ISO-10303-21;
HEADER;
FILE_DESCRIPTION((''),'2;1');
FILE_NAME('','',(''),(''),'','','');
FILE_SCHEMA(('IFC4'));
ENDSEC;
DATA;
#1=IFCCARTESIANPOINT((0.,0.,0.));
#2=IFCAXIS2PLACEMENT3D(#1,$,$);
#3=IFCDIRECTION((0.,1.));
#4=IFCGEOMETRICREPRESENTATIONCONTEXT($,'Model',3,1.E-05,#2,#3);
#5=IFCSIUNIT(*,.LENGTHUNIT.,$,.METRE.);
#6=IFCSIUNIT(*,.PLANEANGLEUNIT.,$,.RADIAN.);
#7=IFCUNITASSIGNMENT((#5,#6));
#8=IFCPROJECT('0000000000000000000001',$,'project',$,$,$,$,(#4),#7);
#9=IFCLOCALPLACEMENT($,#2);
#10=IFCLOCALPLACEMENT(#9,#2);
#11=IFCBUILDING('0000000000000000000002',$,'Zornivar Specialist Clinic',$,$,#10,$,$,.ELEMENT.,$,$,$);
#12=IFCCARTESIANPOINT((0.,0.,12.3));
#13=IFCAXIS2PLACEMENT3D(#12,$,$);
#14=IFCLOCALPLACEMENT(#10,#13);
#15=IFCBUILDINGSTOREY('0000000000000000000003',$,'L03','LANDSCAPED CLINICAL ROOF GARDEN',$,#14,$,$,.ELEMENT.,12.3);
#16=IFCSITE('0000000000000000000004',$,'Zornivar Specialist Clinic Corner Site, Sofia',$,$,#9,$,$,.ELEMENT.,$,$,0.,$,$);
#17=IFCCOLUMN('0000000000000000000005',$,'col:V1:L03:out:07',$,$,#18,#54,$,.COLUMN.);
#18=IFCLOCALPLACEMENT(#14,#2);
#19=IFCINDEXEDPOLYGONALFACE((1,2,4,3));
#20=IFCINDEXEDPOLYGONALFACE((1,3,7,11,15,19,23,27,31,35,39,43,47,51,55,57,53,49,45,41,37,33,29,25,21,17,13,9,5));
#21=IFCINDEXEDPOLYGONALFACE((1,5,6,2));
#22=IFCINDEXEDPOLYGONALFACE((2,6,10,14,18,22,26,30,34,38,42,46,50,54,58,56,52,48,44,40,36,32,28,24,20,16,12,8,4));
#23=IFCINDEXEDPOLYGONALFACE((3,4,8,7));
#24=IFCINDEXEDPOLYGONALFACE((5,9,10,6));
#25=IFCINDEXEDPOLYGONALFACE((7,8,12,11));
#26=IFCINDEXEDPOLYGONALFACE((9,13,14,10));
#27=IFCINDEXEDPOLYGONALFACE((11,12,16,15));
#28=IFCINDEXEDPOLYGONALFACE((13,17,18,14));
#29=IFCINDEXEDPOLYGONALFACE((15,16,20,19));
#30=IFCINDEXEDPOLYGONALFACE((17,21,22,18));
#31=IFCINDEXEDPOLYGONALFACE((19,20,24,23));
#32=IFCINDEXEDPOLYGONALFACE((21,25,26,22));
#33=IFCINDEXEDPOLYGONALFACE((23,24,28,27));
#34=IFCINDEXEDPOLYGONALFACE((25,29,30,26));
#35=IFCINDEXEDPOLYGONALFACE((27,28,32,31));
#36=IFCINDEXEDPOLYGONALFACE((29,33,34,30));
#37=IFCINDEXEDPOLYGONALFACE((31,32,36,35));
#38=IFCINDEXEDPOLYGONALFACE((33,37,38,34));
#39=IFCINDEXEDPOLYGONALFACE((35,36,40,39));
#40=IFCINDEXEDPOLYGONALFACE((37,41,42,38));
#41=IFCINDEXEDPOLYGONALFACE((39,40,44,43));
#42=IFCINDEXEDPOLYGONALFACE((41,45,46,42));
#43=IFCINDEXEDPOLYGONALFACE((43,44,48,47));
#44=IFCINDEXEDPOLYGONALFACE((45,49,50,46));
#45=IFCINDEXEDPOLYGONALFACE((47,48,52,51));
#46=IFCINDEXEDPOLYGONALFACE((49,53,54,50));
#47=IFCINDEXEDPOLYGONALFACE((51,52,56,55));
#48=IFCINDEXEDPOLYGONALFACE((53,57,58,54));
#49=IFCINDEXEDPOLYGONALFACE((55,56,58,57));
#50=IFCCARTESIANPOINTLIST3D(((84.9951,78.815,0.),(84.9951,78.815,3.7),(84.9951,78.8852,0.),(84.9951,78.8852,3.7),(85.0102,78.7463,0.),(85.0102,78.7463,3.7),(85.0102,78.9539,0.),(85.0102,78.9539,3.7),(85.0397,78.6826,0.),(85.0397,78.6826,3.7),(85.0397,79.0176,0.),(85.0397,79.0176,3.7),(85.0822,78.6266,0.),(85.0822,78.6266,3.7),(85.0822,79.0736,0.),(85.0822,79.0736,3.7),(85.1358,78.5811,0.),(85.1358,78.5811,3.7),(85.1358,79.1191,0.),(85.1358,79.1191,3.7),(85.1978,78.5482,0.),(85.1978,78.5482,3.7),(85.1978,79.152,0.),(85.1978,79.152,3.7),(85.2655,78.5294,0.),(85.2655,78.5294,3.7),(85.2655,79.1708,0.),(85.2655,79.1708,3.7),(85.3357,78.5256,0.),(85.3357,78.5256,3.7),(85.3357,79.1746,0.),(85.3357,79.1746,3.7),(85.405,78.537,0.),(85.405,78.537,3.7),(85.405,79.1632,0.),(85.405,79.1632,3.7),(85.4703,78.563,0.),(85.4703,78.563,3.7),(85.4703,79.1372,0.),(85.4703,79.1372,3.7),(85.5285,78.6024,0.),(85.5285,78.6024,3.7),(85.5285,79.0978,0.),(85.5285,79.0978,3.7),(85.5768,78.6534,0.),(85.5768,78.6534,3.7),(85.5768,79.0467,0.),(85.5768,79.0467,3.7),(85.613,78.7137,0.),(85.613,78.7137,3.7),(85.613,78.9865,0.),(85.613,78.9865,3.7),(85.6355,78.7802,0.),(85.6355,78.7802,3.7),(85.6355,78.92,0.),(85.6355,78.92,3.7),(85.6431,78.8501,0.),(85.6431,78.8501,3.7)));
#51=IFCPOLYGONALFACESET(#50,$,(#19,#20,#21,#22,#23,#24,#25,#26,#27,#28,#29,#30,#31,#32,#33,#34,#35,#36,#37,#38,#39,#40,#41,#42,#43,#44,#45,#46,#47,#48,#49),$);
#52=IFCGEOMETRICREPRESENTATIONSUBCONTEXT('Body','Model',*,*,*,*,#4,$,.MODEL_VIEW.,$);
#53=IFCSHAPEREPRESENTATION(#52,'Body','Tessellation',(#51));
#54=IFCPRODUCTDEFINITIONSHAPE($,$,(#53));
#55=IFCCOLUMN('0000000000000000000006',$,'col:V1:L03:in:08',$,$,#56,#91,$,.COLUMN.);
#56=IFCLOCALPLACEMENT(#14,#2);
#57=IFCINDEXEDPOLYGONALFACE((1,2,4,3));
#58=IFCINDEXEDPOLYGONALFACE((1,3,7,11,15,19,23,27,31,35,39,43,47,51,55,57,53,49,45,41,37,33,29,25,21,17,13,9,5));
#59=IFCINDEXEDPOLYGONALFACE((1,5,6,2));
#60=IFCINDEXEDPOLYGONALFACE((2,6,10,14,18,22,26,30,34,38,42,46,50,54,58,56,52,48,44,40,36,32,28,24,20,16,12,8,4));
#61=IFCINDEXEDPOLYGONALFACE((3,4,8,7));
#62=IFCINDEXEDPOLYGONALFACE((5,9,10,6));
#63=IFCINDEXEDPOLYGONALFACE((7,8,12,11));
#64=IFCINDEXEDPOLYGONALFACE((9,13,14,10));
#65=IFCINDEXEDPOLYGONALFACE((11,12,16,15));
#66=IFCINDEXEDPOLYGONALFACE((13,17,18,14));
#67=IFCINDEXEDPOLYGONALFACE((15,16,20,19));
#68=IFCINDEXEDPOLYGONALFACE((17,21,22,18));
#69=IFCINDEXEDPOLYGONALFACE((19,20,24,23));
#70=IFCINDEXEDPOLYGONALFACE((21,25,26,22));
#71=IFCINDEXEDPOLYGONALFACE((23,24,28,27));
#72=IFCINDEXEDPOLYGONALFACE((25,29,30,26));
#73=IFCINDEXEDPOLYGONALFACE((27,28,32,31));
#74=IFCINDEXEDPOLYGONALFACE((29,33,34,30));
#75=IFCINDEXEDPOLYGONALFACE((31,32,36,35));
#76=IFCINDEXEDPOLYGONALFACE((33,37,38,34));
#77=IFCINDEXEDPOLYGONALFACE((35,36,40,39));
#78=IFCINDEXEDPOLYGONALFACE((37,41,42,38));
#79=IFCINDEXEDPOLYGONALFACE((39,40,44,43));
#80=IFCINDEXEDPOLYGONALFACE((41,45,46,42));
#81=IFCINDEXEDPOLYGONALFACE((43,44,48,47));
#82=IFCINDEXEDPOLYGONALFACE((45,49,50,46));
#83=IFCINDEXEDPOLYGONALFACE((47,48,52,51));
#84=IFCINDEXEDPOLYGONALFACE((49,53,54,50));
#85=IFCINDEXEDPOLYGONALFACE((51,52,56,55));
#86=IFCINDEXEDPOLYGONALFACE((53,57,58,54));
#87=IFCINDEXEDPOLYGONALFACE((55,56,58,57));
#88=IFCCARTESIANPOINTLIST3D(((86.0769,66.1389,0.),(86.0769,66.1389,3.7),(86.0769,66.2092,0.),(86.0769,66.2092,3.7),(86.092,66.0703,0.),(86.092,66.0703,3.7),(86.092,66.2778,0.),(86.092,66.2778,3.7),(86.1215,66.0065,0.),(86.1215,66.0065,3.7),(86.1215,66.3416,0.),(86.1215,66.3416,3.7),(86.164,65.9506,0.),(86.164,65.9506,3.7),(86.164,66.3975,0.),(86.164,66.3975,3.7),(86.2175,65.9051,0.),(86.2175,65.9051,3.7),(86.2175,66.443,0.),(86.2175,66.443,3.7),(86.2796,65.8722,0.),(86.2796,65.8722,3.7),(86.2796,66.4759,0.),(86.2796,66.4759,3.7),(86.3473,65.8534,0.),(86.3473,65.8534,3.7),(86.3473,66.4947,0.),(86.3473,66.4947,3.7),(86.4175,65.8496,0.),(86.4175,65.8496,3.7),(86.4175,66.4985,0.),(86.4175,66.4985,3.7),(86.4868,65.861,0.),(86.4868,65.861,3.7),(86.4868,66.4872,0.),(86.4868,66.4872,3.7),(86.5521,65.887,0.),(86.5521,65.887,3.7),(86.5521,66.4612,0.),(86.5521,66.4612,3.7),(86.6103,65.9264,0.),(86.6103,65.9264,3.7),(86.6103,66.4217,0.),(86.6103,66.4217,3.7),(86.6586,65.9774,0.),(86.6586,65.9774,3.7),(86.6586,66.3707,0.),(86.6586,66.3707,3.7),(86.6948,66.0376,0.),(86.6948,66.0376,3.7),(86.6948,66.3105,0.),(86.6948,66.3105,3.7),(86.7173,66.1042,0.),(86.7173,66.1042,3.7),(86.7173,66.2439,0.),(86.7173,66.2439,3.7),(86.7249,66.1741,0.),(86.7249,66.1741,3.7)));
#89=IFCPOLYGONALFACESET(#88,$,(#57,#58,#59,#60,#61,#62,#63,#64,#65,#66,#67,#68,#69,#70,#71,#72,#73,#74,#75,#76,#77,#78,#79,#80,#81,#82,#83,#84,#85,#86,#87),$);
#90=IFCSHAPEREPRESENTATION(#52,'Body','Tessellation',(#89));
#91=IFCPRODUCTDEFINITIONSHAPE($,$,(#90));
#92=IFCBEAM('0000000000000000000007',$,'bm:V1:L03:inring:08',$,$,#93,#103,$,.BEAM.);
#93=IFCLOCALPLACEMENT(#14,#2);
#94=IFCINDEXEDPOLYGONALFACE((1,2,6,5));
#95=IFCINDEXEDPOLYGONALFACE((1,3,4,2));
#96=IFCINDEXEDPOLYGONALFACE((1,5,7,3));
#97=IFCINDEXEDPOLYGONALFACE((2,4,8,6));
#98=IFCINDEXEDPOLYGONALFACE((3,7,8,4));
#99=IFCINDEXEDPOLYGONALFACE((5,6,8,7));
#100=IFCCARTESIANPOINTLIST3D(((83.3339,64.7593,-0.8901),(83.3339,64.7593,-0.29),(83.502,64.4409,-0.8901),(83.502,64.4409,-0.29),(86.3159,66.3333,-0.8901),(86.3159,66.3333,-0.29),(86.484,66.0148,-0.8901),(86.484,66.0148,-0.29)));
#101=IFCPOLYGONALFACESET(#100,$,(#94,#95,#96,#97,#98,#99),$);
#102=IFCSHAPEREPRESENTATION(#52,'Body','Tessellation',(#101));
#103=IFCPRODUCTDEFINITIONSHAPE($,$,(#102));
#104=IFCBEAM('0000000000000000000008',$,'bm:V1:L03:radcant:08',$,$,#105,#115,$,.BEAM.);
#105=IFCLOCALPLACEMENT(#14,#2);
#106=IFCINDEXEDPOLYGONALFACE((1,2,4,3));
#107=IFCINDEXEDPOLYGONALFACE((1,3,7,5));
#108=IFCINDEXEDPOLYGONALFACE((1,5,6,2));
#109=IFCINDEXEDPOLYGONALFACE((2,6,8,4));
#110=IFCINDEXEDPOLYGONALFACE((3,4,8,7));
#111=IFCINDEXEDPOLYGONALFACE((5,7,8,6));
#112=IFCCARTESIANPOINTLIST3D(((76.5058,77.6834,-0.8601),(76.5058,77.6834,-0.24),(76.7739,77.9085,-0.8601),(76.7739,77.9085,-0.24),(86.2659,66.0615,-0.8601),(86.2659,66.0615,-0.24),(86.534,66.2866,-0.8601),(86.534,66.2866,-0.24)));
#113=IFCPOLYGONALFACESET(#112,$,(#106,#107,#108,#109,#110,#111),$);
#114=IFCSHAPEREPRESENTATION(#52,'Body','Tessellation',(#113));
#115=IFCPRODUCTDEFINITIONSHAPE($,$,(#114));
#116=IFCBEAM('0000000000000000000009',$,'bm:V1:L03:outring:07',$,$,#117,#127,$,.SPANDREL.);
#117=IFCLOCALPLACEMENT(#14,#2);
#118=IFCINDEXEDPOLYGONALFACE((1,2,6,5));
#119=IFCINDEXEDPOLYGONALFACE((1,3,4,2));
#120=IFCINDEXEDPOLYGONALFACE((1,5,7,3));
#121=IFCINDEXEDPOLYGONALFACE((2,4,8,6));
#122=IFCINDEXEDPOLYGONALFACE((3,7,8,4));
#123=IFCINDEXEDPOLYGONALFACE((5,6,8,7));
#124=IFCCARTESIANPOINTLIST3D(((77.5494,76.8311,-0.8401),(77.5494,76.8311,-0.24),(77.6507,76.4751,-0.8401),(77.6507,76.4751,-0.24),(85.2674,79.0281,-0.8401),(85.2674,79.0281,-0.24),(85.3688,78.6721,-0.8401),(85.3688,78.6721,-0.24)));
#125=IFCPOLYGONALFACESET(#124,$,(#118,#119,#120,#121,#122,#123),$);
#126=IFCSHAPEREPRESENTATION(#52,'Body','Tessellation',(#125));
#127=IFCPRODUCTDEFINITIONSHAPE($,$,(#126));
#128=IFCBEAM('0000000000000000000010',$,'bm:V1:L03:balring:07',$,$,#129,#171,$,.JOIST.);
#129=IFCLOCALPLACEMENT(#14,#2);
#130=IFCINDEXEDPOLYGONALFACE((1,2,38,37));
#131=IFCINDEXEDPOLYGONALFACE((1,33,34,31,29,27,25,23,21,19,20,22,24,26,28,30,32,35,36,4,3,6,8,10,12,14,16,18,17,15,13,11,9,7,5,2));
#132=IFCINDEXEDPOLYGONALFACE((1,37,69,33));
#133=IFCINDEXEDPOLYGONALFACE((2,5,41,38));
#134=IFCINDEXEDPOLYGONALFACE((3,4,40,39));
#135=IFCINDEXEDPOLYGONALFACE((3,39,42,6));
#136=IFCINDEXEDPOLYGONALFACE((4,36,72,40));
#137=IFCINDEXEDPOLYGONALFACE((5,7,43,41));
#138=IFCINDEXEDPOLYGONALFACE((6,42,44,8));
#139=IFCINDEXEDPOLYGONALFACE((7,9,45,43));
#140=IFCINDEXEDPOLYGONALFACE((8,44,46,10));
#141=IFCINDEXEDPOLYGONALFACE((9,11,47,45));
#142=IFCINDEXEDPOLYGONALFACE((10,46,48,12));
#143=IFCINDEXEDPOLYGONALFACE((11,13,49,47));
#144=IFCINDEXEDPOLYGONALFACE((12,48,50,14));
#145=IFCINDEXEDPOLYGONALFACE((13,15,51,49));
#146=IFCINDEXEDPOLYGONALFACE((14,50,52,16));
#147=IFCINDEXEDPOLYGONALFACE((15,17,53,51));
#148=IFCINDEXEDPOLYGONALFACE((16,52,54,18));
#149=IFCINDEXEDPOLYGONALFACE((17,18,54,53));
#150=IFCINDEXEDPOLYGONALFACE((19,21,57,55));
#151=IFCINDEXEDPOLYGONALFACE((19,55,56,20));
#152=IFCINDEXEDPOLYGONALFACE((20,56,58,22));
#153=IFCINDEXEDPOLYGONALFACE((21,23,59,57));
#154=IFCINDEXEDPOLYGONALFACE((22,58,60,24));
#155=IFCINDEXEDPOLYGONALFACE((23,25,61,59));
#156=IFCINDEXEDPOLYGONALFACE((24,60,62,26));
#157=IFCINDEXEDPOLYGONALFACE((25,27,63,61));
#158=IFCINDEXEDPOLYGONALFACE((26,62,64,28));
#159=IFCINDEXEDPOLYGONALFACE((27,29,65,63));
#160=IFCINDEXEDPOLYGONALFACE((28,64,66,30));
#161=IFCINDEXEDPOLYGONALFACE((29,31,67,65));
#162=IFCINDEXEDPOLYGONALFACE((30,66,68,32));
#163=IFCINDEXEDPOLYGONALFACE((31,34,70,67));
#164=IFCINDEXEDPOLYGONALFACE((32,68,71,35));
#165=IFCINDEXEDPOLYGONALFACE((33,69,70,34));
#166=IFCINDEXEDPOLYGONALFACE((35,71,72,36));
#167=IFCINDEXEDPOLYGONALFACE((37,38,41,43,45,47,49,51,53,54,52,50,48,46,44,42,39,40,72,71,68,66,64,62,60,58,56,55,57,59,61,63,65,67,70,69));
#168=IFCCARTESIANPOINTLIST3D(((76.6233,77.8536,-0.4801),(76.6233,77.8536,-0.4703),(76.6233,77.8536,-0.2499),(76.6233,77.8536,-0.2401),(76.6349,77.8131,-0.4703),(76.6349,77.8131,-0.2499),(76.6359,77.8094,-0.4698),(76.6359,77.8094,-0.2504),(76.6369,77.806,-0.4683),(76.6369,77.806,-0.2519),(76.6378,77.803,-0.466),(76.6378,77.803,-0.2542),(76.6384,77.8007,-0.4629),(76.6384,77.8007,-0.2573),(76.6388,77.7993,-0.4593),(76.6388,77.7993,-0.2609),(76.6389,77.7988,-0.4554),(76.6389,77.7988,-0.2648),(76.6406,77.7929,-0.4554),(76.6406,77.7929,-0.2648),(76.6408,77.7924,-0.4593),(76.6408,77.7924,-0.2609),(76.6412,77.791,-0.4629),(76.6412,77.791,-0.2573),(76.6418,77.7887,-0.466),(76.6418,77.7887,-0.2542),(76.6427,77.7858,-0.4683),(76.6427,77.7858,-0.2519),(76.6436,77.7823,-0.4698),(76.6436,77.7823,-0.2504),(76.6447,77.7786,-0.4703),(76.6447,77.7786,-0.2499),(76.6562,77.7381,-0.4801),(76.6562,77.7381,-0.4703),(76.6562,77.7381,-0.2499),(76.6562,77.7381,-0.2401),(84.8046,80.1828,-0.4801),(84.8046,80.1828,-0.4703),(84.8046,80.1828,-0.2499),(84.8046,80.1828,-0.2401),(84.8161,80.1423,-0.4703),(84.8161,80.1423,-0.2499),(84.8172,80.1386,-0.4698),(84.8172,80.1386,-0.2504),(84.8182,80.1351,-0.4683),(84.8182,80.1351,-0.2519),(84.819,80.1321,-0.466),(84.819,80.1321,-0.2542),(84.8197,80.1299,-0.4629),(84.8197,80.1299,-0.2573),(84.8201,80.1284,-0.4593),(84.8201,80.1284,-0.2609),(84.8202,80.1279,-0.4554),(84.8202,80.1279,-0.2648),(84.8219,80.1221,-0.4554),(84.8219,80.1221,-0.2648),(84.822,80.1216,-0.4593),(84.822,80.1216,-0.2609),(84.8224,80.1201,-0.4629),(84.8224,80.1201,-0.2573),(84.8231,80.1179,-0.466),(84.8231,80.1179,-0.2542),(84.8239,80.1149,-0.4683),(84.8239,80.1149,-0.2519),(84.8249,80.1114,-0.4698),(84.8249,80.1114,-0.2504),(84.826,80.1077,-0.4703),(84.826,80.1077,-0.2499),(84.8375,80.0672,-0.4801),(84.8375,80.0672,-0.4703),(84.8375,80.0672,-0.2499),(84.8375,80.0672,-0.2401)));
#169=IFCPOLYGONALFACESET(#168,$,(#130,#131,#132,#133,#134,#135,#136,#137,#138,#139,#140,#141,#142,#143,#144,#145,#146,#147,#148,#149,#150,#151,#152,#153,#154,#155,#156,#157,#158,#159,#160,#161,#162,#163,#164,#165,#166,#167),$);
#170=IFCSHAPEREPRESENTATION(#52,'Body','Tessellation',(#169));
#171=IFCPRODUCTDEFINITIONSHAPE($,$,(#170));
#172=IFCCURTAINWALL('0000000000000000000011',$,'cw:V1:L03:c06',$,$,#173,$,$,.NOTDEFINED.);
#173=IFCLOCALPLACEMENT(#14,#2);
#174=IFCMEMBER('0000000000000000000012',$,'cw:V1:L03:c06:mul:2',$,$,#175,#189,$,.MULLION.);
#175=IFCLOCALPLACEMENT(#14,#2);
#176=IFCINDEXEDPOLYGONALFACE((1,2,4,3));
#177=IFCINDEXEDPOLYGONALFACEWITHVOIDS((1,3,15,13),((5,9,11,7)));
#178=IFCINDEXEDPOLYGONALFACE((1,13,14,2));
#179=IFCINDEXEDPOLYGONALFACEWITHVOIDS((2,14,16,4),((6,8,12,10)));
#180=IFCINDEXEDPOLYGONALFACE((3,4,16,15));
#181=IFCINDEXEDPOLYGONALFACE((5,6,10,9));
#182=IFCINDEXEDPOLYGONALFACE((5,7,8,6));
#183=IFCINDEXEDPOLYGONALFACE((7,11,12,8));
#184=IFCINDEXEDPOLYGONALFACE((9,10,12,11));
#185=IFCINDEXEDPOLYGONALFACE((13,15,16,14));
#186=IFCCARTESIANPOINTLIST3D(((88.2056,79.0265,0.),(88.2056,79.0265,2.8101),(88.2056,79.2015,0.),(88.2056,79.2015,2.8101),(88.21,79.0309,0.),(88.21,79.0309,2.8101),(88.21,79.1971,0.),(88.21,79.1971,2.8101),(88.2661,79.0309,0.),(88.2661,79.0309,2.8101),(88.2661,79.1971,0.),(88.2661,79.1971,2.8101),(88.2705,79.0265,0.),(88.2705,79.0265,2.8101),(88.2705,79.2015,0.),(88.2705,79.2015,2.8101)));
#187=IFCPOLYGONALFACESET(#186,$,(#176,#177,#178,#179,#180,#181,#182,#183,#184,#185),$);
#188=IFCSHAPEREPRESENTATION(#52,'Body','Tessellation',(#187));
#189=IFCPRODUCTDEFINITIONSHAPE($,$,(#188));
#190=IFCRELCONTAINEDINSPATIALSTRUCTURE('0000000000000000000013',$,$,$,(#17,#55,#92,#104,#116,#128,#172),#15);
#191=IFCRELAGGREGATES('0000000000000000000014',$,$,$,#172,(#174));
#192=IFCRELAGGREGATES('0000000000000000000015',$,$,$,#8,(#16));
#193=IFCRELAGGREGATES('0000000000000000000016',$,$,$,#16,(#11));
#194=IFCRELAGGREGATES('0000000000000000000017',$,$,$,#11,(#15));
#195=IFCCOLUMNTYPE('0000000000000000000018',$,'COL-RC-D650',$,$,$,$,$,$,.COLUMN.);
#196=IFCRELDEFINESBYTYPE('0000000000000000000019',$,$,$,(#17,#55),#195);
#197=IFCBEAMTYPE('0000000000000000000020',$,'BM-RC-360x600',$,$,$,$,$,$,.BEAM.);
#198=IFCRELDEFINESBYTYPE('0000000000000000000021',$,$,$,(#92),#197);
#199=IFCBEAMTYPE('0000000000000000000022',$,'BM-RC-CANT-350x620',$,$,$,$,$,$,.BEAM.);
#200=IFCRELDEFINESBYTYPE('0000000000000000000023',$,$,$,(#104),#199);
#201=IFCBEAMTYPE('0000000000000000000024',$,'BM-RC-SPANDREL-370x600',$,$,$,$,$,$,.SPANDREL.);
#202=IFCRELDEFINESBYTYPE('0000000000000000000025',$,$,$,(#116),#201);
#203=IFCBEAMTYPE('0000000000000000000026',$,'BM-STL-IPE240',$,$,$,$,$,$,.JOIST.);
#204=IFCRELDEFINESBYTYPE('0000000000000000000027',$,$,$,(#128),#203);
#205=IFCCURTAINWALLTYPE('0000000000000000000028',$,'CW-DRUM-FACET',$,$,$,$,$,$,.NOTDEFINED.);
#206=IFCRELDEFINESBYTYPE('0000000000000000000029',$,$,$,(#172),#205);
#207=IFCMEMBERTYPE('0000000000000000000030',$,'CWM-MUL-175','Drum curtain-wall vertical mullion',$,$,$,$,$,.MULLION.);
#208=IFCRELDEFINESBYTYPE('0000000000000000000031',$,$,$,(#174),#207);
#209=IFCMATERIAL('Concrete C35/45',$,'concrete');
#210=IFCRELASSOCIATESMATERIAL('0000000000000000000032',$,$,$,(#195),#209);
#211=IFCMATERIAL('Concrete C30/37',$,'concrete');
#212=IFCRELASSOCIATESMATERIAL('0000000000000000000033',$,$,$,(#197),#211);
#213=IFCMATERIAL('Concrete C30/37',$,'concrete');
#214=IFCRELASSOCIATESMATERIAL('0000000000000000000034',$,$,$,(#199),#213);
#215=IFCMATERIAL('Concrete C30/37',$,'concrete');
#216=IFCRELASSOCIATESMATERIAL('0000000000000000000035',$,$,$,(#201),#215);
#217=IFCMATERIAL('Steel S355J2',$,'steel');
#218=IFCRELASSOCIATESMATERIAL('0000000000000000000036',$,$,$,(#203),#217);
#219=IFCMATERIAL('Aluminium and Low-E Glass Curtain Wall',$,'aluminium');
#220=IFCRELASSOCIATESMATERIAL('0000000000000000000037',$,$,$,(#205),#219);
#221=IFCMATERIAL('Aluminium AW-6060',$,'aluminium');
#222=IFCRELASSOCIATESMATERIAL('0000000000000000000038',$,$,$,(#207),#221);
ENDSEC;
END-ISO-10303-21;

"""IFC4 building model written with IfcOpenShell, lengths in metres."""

from ifc_helpers import new_model, si_unit, direction, frame, origin, origin_2d, place, context, subcontext, project, spatial, rectangle, hollow_rectangle, circle, i_section, extrude, material, material_profile, profile_set, type_object, element, aggregate, save


model = new_model("IFC4")

# Units and contexts
model_context = context("Model", 3, precision=1e-05, world=origin(), true_north=direction((0.0, 1.0)))
body_context = subcontext(model_context, "Body", "Model", "MODEL_VIEW")
ifc_project = project(units=[si_unit("LENGTHUNIT", "METRE"), si_unit("PLANEANGLEUNIT", "RADIAN")], contexts=[model_context])

# Site, building, storey
site_placement = place(None, origin())
site = spatial("IfcSite", under=ifc_project, at=site_placement, Name="Zornivar Specialist Clinic Corner Site, Sofia", CompositionType="ELEMENT", RefElevation=0.0)
building_placement = place(site_placement, origin())
building = spatial("IfcBuilding", under=site, at=building_placement, Name="Zornivar Specialist Clinic", CompositionType="ELEMENT")
storey_placement = place(building_placement, frame((0.0, 0.0, 12.3)))
storey = spatial("IfcBuildingStorey", under=building, at=storey_placement, Name="L03", Description="LANDSCAPED CLINICAL ROOF GARDEN", CompositionType="ELEMENT", Elevation=12.3)

# Columns
ifc_material_1 = material(Name="Concrete C35/45", Category="concrete")
ifc_material_profile_1 = material_profile(ifc_material_1, circle(Radius=0.325, at=origin_2d()), Name="RC D650")
ifc_profile_set_1 = profile_set([ifc_material_profile_1], Name="Concrete C35/45")
column_type = type_object("IfcColumnType", Name="COL-RC-D650", PredefinedType="COLUMN", material=ifc_profile_set_1)
for number, where, z_axis, x_axis, name in (
    (1, (85.3181, 78.8501, 0.0), (0.0, 0.0, 1.0), (1.0, 0.0, 0.0), "col:V1:L03:out:07"),
    (2, (86.3999, 66.1741, 0.0), (0.0, 0.0, 1.0), (1.0, 0.0, 0.0), "col:V1:L03:in:08"),
):
    element("IfcColumn", number, at=place(storey_placement, frame(where, z_axis=z_axis, x_axis=x_axis)), inside=storey, type_object=column_type, Name=name, PredefinedType="COLUMN", context=body_context, shape_type="SweptSolid", body=[
        extrude(circle(Radius=0.325, at=origin_2d()), origin(), (0.0, 0.0, 1.0), 3.7),
    ])

# Beams
ifc_material_2 = material(Name="Concrete C30/37", Category="concrete")
ifc_material_profile_2 = material_profile(ifc_material_2, rectangle(XDim=0.3601, YDim=0.6001, at=origin_2d()), Name="RC 360x600")
ifc_profile_set_2 = profile_set([ifc_material_profile_2], Name="Concrete C30/37")
beam_type_1 = type_object("IfcBeamType", Name="BM-RC-360x600", PredefinedType="BEAM", material=ifc_profile_set_2)
beam_1_placement = place(storey_placement, frame((86.3999, 66.1741, -0.5901), z_axis=(-0.884363, -0.4668, 0.0), x_axis=(0.4668, -0.884363, 0.0)))
element("IfcBeam", 3, at=beam_1_placement, inside=storey, type_object=beam_type_1, Name="bm:V1:L03:inring:08", PredefinedType="BEAM", context=body_context, shape_type="SweptSolid", body=[
    extrude(rectangle(XDim=0.3601, YDim=0.6001, at=origin_2d()), origin(), (0.0, 0.0, 1.0), 3.3718),
])
ifc_material_3 = material(Name="Concrete C30/37", Category="concrete")
ifc_material_profile_3 = material_profile(ifc_material_3, rectangle(XDim=0.3501, YDim=0.6201, at=origin_2d()), Name="RC 350x620")
ifc_profile_set_3 = profile_set([ifc_material_profile_3], Name="Concrete C30/37")
beam_type_2 = type_object("IfcBeamType", Name="BM-RC-CANT-350x620", PredefinedType="BEAM", material=ifc_profile_set_3)
beam_2_placement = place(storey_placement, frame((86.3999, 66.1741, -0.55), z_axis=(-0.643102, 0.76578, 0.0), x_axis=(-0.76578, -0.643102, 0.0)))
element("IfcBeam", 4, at=beam_2_placement, inside=storey, type_object=beam_type_2, Name="bm:V1:L03:radcant:08", PredefinedType="BEAM", context=body_context, shape_type="SweptSolid", body=[
    extrude(rectangle(XDim=0.3501, YDim=0.6201, at=origin_2d()), origin(), (0.0, 0.0, 1.0), 15.1765),
])
ifc_material_4 = material(Name="Concrete C30/37", Category="concrete")
ifc_material_profile_4 = material_profile(ifc_material_4, rectangle(XDim=0.3701, YDim=0.6001, at=origin_2d()), Name="RC 370x600")
ifc_profile_set_4 = profile_set([ifc_material_profile_4], Name="Concrete C30/37")
beam_type_3 = type_object("IfcBeamType", Name="BM-RC-SPANDREL-370x600", PredefinedType="SPANDREL", material=ifc_profile_set_4)
beam_3_placement = place(storey_placement, frame((85.3181, 78.8501, -0.54), z_axis=(-0.961791, -0.273785, 0.0), x_axis=(0.273785, -0.961791, 0.0)))
element("IfcBeam", 5, at=beam_3_placement, inside=storey, type_object=beam_type_3, Name="bm:V1:L03:outring:07", PredefinedType="SPANDREL", context=body_context, shape_type="SweptSolid", body=[
    extrude(rectangle(XDim=0.3701, YDim=0.6001, at=origin_2d()), origin(), (0.0, 0.0, 1.0), 8.0247),
])
ifc_material_5 = material(Name="Steel S355J2", Category="steel")
ifc_material_profile_5 = material_profile(ifc_material_5, i_section(OverallWidth=0.1201, OverallDepth=0.24, WebThickness=0.0061, FlangeThickness=0.0098, FilletRadius=0.0149, at=origin_2d()), Name="IPE 240")
ifc_profile_set_5 = profile_set([ifc_material_profile_5], Name="Steel S355J2")
beam_type_4 = type_object("IfcBeamType", Name="BM-STL-IPE240", PredefinedType="JOIST", material=ifc_profile_set_5)
beam_4_placement = place(storey_placement, frame((84.821, 80.125, -0.3601), z_axis=(-0.961783, -0.273811, 0.0), x_axis=(0.273811, -0.961783, 0.0)))
element("IfcBeam", 6, at=beam_4_placement, inside=storey, type_object=beam_type_4, Name="bm:V1:L03:balring:07", PredefinedType="JOIST", context=body_context, shape_type="SweptSolid", body=[
    extrude(i_section(OverallWidth=0.1201, OverallDepth=0.24, WebThickness=0.0061, FlangeThickness=0.0098, FilletRadius=0.0149, at=origin_2d()), origin(), (0.0, 0.0, 1.0), 8.5063),
])

# Curtain wall, member
ifc_material_6 = material(Name="Aluminium and Low-E Glass Curtain Wall", Category="aluminium")
curtain_wall_type = type_object("IfcCurtainWallType", Name="CW-DRUM-FACET", PredefinedType="NOTDEFINED", material=ifc_material_6)
curtain_wall_1_placement = place(storey_placement, origin())
curtain_wall_1 = element("IfcCurtainWall", 7, at=curtain_wall_1_placement, inside=storey, type_object=curtain_wall_type, Name="cw:V1:L03:c06", PredefinedType="NOTDEFINED")
ifc_material_7 = material(Name="Aluminium AW-6060", Category="aluminium")
ifc_material_profile_6 = material_profile(ifc_material_7, hollow_rectangle(XDim=0.0649, YDim=0.175, WallThickness=0.0044, at=origin_2d()), Name="ALU 65x175x4.5")
ifc_profile_set_6 = profile_set([ifc_material_profile_6], Name="Aluminium AW-6060")
member_type_1 = type_object("IfcMemberType", Name="CWM-MUL-175", Description="Drum curtain-wall vertical mullion", PredefinedType="MULLION", material=ifc_profile_set_6)
member_1_placement = place(storey_placement, frame((88.238, 79.114, 0.0), z_axis=(0.0, 0.0, 1.0), x_axis=(1.0, 0.0, 0.0)))
member_1 = element("IfcMember", 8, at=member_1_placement, type_object=member_type_1, Name="cw:V1:L03:c06:mul:2", PredefinedType="MULLION", context=body_context, shape_type="SweptSolid", body=[
    extrude(hollow_rectangle(XDim=0.0649, YDim=0.175, WallThickness=0.0044, at=origin_2d()), origin(), (0.0, 0.0, 1.0), 2.8101),
])

aggregate(curtain_wall_1, [member_1])

save(model, "model.ifc")
